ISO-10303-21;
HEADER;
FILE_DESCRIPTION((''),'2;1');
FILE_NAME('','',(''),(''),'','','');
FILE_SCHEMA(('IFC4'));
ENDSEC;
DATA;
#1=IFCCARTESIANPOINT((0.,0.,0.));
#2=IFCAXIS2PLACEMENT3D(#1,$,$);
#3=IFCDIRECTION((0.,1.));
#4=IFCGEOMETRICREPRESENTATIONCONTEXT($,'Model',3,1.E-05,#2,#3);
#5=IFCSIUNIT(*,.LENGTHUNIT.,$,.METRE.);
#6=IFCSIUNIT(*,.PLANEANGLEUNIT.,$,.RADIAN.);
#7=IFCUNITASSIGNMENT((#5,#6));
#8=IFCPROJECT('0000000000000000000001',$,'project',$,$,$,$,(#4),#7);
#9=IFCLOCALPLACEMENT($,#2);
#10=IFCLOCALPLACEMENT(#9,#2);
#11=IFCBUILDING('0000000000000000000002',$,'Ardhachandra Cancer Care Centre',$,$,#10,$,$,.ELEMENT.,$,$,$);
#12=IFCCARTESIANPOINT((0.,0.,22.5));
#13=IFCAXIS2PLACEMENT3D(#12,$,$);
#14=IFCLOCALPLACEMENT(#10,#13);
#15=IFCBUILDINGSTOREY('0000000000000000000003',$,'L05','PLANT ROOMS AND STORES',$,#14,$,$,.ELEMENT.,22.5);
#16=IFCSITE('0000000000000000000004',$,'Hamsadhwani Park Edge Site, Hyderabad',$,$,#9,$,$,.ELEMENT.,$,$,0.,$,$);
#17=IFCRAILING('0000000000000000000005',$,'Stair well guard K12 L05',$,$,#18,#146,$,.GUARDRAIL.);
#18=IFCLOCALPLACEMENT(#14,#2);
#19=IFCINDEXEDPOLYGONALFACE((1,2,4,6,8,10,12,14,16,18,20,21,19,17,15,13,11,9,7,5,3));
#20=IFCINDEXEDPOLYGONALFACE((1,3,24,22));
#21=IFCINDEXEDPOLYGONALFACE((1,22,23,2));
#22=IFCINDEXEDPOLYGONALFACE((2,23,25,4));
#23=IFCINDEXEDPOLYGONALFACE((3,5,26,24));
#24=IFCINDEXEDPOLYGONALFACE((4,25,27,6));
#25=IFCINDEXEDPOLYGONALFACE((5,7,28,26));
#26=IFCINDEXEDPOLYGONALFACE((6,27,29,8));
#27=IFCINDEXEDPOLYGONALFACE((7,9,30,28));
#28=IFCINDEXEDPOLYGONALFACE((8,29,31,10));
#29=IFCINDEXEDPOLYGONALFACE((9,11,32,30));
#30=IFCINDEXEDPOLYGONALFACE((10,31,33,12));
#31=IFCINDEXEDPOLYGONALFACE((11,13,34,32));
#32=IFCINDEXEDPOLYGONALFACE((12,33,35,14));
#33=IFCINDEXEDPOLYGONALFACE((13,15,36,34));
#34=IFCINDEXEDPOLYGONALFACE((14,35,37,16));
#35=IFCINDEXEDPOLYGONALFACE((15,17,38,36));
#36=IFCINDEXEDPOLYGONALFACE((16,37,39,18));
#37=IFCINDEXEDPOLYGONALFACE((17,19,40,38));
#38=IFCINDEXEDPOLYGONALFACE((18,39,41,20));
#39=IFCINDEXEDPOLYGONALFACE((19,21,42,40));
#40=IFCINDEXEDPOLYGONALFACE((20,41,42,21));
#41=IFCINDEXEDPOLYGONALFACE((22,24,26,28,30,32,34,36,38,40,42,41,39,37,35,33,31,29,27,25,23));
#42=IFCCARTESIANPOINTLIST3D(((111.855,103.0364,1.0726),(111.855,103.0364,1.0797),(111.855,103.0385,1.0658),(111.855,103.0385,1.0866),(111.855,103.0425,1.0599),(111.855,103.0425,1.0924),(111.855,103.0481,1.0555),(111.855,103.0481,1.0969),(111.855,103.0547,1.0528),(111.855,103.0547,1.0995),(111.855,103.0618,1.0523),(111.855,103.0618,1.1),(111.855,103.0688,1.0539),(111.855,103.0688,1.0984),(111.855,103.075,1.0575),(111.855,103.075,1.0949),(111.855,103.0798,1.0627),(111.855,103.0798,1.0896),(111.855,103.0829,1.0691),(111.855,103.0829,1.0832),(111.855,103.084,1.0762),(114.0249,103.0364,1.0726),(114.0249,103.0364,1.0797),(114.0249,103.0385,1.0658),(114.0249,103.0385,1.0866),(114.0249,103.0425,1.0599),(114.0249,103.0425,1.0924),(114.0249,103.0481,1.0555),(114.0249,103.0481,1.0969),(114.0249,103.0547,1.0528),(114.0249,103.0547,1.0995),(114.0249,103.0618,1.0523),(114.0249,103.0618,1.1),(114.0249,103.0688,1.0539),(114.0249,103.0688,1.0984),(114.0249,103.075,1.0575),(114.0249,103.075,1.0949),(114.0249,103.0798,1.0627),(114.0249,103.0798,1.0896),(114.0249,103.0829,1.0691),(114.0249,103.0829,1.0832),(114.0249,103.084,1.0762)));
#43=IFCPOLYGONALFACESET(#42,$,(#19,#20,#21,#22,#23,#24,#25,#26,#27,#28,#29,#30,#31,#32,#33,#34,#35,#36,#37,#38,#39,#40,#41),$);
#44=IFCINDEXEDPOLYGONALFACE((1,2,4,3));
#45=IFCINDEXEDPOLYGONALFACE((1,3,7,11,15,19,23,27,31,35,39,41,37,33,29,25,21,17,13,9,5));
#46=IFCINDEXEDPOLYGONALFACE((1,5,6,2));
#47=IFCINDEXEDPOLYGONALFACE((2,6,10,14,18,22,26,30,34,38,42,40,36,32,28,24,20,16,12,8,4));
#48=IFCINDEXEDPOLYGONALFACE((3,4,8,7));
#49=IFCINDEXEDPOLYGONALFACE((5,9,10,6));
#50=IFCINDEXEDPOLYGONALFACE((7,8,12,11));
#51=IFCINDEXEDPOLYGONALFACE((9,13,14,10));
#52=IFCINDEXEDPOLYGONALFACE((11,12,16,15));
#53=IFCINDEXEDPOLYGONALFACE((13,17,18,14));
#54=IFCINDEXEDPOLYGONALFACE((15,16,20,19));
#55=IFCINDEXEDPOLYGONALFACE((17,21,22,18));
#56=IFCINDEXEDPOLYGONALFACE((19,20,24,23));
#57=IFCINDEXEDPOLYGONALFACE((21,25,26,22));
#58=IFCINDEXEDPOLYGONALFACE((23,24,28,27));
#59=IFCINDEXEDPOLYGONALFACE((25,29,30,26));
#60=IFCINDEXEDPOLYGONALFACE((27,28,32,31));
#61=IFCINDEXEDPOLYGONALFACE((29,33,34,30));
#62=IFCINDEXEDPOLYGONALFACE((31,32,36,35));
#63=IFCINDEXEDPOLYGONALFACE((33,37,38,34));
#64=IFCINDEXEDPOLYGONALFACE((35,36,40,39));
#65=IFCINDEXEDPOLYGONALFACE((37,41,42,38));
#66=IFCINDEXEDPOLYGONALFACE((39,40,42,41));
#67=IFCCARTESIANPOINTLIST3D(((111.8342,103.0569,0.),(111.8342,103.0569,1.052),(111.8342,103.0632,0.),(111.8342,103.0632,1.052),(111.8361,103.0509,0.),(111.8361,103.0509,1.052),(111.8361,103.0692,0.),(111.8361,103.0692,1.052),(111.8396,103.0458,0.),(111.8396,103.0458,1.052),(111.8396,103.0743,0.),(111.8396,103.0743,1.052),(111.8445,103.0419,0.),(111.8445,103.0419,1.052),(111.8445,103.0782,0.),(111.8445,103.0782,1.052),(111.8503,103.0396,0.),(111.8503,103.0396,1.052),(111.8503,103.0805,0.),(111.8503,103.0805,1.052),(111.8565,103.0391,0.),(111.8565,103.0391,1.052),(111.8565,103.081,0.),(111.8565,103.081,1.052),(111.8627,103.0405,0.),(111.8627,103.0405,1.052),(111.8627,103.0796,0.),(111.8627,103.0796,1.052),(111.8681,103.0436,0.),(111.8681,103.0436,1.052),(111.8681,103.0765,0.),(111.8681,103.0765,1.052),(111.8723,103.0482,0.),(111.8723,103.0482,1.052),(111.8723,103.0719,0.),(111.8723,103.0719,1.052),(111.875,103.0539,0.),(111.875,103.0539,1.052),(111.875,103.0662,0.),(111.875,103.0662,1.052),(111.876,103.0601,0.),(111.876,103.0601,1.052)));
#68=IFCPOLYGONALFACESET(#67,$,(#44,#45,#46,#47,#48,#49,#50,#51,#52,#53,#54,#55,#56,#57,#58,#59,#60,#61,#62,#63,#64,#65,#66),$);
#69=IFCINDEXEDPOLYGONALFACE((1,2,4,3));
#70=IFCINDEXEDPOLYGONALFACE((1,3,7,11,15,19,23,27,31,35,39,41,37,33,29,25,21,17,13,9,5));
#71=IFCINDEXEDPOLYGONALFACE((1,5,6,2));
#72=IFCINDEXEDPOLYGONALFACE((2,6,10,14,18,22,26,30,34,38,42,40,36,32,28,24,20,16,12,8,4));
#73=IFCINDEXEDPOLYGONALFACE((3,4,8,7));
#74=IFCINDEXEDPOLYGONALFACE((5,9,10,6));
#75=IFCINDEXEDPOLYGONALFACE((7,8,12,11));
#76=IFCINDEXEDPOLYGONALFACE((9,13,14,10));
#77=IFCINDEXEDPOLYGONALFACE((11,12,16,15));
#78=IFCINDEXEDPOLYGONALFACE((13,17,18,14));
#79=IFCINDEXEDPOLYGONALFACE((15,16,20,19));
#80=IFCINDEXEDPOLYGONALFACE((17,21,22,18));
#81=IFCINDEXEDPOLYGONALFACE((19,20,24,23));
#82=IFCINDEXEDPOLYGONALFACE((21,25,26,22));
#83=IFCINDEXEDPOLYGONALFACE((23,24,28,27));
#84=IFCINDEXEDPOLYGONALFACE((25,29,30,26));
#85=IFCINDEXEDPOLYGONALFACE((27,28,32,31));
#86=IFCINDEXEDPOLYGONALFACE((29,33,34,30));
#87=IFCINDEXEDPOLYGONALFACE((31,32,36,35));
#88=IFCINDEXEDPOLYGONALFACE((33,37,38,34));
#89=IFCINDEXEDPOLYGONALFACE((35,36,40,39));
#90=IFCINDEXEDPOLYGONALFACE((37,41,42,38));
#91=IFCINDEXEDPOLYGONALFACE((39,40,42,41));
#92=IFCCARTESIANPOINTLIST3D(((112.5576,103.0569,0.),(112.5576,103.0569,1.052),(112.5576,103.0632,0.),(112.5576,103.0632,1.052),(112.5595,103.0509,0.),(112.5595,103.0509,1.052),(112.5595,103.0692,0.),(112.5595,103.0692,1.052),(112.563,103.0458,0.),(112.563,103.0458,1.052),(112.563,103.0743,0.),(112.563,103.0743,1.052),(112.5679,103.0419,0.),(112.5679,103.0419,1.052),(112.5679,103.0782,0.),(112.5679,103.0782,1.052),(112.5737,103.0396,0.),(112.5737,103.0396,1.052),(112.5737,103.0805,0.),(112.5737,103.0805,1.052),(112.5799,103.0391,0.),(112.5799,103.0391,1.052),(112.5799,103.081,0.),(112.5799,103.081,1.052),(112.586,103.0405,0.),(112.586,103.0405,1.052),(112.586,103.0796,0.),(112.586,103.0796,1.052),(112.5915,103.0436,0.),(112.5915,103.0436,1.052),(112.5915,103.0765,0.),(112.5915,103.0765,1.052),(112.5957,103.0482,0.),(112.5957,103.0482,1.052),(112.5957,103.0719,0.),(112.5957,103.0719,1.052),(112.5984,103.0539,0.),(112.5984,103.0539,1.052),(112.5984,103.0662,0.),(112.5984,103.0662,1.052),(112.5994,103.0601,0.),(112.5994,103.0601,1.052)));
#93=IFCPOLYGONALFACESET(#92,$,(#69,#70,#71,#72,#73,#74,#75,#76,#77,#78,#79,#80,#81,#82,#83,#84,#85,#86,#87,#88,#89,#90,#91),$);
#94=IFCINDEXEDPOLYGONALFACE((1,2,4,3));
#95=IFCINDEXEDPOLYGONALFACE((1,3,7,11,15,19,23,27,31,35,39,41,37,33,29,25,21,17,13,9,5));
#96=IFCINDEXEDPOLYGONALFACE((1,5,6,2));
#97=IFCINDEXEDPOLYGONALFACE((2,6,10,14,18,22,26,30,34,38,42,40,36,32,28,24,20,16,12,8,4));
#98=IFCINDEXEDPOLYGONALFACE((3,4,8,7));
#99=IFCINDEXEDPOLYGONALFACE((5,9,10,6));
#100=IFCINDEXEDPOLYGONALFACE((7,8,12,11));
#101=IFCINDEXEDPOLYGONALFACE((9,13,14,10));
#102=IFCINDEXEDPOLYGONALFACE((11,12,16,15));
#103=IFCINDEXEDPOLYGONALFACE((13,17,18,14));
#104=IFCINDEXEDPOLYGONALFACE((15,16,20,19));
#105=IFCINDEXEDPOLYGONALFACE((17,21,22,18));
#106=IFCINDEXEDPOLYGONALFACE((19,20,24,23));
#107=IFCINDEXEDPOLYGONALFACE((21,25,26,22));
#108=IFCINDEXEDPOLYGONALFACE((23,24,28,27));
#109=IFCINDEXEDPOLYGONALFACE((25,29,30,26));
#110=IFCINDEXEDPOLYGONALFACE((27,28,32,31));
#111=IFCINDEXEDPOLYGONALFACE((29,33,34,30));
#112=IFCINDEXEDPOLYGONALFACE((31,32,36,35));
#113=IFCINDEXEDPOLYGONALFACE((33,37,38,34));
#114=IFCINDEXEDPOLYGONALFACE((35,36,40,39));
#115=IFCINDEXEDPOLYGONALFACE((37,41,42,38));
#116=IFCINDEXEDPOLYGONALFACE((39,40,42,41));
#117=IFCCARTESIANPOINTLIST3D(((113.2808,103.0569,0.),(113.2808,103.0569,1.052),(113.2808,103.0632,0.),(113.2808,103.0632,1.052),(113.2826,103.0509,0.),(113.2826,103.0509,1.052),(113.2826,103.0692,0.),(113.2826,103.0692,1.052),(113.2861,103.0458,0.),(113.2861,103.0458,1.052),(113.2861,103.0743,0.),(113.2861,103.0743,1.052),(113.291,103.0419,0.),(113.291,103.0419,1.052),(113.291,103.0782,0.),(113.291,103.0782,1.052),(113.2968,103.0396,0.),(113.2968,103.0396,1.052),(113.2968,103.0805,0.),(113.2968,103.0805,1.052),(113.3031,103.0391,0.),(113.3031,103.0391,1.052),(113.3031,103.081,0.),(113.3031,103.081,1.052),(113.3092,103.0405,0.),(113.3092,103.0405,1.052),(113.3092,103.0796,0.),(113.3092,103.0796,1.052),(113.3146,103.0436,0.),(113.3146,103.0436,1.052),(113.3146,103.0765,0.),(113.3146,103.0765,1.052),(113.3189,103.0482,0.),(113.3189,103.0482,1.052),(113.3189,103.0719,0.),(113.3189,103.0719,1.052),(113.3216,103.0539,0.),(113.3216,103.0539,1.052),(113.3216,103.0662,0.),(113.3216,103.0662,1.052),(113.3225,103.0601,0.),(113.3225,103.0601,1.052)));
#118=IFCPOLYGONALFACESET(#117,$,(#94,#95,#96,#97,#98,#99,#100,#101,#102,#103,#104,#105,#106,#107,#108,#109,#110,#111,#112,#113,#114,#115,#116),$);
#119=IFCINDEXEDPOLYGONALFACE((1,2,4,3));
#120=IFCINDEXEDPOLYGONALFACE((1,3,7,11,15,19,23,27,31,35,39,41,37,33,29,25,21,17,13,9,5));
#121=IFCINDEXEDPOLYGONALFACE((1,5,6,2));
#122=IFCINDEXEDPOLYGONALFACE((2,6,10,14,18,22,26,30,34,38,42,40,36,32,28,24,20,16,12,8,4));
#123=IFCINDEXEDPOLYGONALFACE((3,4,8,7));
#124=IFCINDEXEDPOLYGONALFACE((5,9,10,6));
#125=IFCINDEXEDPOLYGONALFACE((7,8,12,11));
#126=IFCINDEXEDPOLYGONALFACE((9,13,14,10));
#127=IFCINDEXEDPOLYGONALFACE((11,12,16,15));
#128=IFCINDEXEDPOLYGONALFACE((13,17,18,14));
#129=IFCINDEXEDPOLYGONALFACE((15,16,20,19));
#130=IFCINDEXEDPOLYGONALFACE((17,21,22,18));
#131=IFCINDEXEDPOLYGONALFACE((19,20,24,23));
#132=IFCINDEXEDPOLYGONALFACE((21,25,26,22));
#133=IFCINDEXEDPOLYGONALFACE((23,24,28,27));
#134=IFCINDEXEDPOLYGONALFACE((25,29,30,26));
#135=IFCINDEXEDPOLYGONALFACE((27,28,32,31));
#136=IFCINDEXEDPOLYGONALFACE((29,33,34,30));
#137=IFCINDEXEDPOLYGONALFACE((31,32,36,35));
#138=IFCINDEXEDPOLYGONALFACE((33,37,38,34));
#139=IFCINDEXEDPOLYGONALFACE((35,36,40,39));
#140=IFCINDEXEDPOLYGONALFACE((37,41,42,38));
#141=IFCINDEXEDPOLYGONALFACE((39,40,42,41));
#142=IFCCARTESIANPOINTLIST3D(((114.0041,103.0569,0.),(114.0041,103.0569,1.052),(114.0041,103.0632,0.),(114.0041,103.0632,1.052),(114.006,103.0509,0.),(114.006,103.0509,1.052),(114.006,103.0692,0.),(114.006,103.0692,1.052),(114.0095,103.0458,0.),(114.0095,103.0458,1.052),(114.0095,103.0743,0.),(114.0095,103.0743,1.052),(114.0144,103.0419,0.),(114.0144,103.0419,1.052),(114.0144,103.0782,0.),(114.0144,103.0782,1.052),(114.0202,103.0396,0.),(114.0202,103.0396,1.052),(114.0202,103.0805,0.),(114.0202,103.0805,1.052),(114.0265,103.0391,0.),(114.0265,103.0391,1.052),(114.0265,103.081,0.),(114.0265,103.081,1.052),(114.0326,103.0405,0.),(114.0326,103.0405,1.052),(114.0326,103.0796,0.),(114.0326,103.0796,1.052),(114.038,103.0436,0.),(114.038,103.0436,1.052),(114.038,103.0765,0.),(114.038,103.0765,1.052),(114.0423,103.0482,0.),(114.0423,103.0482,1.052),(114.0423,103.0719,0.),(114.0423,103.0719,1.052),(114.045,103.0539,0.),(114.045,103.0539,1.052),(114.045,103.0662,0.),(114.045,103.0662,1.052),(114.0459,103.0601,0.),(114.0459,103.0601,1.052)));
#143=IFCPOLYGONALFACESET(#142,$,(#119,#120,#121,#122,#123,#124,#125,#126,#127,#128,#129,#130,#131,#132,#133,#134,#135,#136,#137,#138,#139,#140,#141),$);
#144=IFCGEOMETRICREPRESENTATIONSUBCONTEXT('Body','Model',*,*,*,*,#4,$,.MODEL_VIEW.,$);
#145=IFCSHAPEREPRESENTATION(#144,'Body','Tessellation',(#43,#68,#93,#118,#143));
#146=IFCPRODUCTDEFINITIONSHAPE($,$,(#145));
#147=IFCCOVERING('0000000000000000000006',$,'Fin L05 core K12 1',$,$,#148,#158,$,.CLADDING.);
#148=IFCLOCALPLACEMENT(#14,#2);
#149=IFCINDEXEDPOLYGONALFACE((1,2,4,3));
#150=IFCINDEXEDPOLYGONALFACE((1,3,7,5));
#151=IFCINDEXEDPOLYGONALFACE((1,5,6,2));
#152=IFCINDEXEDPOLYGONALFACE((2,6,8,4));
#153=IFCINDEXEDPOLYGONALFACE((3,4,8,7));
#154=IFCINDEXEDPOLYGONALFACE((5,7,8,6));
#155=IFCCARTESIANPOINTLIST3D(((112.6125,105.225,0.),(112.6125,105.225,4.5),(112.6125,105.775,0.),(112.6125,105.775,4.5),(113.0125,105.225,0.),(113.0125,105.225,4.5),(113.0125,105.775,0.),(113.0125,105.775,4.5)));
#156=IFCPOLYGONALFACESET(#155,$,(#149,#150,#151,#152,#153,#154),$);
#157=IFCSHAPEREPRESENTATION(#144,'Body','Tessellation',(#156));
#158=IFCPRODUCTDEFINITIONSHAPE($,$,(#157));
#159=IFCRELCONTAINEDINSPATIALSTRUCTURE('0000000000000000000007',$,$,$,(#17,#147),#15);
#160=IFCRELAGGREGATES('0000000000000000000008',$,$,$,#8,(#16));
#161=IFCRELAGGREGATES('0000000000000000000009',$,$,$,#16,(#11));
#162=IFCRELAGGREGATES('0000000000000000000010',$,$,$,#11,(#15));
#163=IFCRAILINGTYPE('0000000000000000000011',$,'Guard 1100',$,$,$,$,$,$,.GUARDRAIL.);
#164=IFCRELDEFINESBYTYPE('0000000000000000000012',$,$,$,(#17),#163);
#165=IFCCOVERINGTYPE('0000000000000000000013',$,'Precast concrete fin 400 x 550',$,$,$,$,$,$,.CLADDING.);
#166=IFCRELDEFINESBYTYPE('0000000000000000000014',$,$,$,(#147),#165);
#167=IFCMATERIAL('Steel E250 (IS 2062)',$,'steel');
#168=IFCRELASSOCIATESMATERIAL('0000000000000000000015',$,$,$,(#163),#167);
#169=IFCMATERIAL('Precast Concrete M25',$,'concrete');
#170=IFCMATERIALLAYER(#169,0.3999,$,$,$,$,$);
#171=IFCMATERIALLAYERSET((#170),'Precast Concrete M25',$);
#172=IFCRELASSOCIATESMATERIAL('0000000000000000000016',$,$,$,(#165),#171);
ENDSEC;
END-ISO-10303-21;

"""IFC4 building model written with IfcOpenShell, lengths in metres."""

from ifc_helpers import new_model, si_unit, direction, frame, origin, origin_2d, place, context, subcontext, project, spatial, rectangle, circle, extrude, material, layer, layer_set, type_object, element, save


model = new_model("IFC4")

# Units and contexts
model_context = context("Model", 3, precision=1e-05, world=origin(), true_north=direction((0.0, 1.0)))
body_context = subcontext(model_context, "Body", "Model", "MODEL_VIEW")
ifc_project = project(units=[si_unit("LENGTHUNIT", "METRE"), si_unit("PLANEANGLEUNIT", "RADIAN")], contexts=[model_context])

# Site, building, storey
site_placement = place(None, origin())
site = spatial("IfcSite", under=ifc_project, at=site_placement, Name="Hamsadhwani Park Edge Site, Hyderabad", CompositionType="ELEMENT", RefElevation=0.0)
building_placement = place(site_placement, origin())
building = spatial("IfcBuilding", under=site, at=building_placement, Name="Ardhachandra Cancer Care Centre", CompositionType="ELEMENT")
storey_placement = place(building_placement, frame((0.0, 0.0, 22.5)))
storey = spatial("IfcBuildingStorey", under=building, at=storey_placement, Name="L05", Description="PLANT ROOMS AND STORES", CompositionType="ELEMENT", Elevation=22.5)

# Railing
ifc_material_1 = material(Name="Steel E250 (IS 2062)", Category="steel")
railing_type_1 = type_object("IfcRailingType", Name="Guard 1100", PredefinedType="GUARDRAIL", material=ifc_material_1)
railing_1_placement = place(storey_placement, frame((111.855, 103.0601, 0.0)))
element("IfcRailing", 1, at=railing_1_placement, inside=storey, type_object=railing_type_1, Name="Stair well guard K12 L05", PredefinedType="GUARDRAIL", context=body_context, shape_type="SweptSolid", body=[
    extrude(circle(Radius=0.0239, at=origin_2d()), frame((0.0, 0.0, 1.0762), z_axis=(1.0, 0.0, 0.0), x_axis=(0.0, 1.0, 0.0)), (0.0, 0.0, 1.0), 2.1699),
    extrude(circle(Radius=0.021, at=origin_2d()), origin(), (0.0, 0.0, 1.0), 1.052),
    extrude(circle(Radius=0.021, at=origin_2d()), frame((0.7234, 0.0, 0.0)), (0.0, 0.0, 1.0), 1.052),
    extrude(circle(Radius=0.021, at=origin_2d()), frame((1.4465, 0.0, 0.0)), (0.0, 0.0, 1.0), 1.052),
    extrude(circle(Radius=0.021, at=origin_2d()), frame((2.1699, 0.0, 0.0)), (0.0, 0.0, 1.0), 1.052),
])

# Covering
ifc_material_2 = material(Name="Precast Concrete M25", Category="concrete")
ifc_layer_1 = layer(ifc_material_2, 0.3999)
ifc_layer_set_1 = layer_set([ifc_layer_1], Name="Precast Concrete M25")
covering_type = type_object("IfcCoveringType", Name="Precast concrete fin 400 x 550", PredefinedType="CLADDING", material=ifc_layer_set_1)
covering_placement = place(storey_placement, frame((112.8125, 105.5, 0.0), z_axis=(0.0, 0.0, 1.0), x_axis=(1.0, 0.0, 0.0)))
element("IfcCovering", 2, at=covering_placement, inside=storey, type_object=covering_type, Name="Fin L05 core K12 1", PredefinedType="CLADDING", context=body_context, shape_type="SweptSolid", body=[
    extrude(rectangle(XDim=0.3999, YDim=0.55, at=origin_2d()), origin(), (0.0, 0.0, 1.0), 4.5),
])

save(model, "model.ifc")
